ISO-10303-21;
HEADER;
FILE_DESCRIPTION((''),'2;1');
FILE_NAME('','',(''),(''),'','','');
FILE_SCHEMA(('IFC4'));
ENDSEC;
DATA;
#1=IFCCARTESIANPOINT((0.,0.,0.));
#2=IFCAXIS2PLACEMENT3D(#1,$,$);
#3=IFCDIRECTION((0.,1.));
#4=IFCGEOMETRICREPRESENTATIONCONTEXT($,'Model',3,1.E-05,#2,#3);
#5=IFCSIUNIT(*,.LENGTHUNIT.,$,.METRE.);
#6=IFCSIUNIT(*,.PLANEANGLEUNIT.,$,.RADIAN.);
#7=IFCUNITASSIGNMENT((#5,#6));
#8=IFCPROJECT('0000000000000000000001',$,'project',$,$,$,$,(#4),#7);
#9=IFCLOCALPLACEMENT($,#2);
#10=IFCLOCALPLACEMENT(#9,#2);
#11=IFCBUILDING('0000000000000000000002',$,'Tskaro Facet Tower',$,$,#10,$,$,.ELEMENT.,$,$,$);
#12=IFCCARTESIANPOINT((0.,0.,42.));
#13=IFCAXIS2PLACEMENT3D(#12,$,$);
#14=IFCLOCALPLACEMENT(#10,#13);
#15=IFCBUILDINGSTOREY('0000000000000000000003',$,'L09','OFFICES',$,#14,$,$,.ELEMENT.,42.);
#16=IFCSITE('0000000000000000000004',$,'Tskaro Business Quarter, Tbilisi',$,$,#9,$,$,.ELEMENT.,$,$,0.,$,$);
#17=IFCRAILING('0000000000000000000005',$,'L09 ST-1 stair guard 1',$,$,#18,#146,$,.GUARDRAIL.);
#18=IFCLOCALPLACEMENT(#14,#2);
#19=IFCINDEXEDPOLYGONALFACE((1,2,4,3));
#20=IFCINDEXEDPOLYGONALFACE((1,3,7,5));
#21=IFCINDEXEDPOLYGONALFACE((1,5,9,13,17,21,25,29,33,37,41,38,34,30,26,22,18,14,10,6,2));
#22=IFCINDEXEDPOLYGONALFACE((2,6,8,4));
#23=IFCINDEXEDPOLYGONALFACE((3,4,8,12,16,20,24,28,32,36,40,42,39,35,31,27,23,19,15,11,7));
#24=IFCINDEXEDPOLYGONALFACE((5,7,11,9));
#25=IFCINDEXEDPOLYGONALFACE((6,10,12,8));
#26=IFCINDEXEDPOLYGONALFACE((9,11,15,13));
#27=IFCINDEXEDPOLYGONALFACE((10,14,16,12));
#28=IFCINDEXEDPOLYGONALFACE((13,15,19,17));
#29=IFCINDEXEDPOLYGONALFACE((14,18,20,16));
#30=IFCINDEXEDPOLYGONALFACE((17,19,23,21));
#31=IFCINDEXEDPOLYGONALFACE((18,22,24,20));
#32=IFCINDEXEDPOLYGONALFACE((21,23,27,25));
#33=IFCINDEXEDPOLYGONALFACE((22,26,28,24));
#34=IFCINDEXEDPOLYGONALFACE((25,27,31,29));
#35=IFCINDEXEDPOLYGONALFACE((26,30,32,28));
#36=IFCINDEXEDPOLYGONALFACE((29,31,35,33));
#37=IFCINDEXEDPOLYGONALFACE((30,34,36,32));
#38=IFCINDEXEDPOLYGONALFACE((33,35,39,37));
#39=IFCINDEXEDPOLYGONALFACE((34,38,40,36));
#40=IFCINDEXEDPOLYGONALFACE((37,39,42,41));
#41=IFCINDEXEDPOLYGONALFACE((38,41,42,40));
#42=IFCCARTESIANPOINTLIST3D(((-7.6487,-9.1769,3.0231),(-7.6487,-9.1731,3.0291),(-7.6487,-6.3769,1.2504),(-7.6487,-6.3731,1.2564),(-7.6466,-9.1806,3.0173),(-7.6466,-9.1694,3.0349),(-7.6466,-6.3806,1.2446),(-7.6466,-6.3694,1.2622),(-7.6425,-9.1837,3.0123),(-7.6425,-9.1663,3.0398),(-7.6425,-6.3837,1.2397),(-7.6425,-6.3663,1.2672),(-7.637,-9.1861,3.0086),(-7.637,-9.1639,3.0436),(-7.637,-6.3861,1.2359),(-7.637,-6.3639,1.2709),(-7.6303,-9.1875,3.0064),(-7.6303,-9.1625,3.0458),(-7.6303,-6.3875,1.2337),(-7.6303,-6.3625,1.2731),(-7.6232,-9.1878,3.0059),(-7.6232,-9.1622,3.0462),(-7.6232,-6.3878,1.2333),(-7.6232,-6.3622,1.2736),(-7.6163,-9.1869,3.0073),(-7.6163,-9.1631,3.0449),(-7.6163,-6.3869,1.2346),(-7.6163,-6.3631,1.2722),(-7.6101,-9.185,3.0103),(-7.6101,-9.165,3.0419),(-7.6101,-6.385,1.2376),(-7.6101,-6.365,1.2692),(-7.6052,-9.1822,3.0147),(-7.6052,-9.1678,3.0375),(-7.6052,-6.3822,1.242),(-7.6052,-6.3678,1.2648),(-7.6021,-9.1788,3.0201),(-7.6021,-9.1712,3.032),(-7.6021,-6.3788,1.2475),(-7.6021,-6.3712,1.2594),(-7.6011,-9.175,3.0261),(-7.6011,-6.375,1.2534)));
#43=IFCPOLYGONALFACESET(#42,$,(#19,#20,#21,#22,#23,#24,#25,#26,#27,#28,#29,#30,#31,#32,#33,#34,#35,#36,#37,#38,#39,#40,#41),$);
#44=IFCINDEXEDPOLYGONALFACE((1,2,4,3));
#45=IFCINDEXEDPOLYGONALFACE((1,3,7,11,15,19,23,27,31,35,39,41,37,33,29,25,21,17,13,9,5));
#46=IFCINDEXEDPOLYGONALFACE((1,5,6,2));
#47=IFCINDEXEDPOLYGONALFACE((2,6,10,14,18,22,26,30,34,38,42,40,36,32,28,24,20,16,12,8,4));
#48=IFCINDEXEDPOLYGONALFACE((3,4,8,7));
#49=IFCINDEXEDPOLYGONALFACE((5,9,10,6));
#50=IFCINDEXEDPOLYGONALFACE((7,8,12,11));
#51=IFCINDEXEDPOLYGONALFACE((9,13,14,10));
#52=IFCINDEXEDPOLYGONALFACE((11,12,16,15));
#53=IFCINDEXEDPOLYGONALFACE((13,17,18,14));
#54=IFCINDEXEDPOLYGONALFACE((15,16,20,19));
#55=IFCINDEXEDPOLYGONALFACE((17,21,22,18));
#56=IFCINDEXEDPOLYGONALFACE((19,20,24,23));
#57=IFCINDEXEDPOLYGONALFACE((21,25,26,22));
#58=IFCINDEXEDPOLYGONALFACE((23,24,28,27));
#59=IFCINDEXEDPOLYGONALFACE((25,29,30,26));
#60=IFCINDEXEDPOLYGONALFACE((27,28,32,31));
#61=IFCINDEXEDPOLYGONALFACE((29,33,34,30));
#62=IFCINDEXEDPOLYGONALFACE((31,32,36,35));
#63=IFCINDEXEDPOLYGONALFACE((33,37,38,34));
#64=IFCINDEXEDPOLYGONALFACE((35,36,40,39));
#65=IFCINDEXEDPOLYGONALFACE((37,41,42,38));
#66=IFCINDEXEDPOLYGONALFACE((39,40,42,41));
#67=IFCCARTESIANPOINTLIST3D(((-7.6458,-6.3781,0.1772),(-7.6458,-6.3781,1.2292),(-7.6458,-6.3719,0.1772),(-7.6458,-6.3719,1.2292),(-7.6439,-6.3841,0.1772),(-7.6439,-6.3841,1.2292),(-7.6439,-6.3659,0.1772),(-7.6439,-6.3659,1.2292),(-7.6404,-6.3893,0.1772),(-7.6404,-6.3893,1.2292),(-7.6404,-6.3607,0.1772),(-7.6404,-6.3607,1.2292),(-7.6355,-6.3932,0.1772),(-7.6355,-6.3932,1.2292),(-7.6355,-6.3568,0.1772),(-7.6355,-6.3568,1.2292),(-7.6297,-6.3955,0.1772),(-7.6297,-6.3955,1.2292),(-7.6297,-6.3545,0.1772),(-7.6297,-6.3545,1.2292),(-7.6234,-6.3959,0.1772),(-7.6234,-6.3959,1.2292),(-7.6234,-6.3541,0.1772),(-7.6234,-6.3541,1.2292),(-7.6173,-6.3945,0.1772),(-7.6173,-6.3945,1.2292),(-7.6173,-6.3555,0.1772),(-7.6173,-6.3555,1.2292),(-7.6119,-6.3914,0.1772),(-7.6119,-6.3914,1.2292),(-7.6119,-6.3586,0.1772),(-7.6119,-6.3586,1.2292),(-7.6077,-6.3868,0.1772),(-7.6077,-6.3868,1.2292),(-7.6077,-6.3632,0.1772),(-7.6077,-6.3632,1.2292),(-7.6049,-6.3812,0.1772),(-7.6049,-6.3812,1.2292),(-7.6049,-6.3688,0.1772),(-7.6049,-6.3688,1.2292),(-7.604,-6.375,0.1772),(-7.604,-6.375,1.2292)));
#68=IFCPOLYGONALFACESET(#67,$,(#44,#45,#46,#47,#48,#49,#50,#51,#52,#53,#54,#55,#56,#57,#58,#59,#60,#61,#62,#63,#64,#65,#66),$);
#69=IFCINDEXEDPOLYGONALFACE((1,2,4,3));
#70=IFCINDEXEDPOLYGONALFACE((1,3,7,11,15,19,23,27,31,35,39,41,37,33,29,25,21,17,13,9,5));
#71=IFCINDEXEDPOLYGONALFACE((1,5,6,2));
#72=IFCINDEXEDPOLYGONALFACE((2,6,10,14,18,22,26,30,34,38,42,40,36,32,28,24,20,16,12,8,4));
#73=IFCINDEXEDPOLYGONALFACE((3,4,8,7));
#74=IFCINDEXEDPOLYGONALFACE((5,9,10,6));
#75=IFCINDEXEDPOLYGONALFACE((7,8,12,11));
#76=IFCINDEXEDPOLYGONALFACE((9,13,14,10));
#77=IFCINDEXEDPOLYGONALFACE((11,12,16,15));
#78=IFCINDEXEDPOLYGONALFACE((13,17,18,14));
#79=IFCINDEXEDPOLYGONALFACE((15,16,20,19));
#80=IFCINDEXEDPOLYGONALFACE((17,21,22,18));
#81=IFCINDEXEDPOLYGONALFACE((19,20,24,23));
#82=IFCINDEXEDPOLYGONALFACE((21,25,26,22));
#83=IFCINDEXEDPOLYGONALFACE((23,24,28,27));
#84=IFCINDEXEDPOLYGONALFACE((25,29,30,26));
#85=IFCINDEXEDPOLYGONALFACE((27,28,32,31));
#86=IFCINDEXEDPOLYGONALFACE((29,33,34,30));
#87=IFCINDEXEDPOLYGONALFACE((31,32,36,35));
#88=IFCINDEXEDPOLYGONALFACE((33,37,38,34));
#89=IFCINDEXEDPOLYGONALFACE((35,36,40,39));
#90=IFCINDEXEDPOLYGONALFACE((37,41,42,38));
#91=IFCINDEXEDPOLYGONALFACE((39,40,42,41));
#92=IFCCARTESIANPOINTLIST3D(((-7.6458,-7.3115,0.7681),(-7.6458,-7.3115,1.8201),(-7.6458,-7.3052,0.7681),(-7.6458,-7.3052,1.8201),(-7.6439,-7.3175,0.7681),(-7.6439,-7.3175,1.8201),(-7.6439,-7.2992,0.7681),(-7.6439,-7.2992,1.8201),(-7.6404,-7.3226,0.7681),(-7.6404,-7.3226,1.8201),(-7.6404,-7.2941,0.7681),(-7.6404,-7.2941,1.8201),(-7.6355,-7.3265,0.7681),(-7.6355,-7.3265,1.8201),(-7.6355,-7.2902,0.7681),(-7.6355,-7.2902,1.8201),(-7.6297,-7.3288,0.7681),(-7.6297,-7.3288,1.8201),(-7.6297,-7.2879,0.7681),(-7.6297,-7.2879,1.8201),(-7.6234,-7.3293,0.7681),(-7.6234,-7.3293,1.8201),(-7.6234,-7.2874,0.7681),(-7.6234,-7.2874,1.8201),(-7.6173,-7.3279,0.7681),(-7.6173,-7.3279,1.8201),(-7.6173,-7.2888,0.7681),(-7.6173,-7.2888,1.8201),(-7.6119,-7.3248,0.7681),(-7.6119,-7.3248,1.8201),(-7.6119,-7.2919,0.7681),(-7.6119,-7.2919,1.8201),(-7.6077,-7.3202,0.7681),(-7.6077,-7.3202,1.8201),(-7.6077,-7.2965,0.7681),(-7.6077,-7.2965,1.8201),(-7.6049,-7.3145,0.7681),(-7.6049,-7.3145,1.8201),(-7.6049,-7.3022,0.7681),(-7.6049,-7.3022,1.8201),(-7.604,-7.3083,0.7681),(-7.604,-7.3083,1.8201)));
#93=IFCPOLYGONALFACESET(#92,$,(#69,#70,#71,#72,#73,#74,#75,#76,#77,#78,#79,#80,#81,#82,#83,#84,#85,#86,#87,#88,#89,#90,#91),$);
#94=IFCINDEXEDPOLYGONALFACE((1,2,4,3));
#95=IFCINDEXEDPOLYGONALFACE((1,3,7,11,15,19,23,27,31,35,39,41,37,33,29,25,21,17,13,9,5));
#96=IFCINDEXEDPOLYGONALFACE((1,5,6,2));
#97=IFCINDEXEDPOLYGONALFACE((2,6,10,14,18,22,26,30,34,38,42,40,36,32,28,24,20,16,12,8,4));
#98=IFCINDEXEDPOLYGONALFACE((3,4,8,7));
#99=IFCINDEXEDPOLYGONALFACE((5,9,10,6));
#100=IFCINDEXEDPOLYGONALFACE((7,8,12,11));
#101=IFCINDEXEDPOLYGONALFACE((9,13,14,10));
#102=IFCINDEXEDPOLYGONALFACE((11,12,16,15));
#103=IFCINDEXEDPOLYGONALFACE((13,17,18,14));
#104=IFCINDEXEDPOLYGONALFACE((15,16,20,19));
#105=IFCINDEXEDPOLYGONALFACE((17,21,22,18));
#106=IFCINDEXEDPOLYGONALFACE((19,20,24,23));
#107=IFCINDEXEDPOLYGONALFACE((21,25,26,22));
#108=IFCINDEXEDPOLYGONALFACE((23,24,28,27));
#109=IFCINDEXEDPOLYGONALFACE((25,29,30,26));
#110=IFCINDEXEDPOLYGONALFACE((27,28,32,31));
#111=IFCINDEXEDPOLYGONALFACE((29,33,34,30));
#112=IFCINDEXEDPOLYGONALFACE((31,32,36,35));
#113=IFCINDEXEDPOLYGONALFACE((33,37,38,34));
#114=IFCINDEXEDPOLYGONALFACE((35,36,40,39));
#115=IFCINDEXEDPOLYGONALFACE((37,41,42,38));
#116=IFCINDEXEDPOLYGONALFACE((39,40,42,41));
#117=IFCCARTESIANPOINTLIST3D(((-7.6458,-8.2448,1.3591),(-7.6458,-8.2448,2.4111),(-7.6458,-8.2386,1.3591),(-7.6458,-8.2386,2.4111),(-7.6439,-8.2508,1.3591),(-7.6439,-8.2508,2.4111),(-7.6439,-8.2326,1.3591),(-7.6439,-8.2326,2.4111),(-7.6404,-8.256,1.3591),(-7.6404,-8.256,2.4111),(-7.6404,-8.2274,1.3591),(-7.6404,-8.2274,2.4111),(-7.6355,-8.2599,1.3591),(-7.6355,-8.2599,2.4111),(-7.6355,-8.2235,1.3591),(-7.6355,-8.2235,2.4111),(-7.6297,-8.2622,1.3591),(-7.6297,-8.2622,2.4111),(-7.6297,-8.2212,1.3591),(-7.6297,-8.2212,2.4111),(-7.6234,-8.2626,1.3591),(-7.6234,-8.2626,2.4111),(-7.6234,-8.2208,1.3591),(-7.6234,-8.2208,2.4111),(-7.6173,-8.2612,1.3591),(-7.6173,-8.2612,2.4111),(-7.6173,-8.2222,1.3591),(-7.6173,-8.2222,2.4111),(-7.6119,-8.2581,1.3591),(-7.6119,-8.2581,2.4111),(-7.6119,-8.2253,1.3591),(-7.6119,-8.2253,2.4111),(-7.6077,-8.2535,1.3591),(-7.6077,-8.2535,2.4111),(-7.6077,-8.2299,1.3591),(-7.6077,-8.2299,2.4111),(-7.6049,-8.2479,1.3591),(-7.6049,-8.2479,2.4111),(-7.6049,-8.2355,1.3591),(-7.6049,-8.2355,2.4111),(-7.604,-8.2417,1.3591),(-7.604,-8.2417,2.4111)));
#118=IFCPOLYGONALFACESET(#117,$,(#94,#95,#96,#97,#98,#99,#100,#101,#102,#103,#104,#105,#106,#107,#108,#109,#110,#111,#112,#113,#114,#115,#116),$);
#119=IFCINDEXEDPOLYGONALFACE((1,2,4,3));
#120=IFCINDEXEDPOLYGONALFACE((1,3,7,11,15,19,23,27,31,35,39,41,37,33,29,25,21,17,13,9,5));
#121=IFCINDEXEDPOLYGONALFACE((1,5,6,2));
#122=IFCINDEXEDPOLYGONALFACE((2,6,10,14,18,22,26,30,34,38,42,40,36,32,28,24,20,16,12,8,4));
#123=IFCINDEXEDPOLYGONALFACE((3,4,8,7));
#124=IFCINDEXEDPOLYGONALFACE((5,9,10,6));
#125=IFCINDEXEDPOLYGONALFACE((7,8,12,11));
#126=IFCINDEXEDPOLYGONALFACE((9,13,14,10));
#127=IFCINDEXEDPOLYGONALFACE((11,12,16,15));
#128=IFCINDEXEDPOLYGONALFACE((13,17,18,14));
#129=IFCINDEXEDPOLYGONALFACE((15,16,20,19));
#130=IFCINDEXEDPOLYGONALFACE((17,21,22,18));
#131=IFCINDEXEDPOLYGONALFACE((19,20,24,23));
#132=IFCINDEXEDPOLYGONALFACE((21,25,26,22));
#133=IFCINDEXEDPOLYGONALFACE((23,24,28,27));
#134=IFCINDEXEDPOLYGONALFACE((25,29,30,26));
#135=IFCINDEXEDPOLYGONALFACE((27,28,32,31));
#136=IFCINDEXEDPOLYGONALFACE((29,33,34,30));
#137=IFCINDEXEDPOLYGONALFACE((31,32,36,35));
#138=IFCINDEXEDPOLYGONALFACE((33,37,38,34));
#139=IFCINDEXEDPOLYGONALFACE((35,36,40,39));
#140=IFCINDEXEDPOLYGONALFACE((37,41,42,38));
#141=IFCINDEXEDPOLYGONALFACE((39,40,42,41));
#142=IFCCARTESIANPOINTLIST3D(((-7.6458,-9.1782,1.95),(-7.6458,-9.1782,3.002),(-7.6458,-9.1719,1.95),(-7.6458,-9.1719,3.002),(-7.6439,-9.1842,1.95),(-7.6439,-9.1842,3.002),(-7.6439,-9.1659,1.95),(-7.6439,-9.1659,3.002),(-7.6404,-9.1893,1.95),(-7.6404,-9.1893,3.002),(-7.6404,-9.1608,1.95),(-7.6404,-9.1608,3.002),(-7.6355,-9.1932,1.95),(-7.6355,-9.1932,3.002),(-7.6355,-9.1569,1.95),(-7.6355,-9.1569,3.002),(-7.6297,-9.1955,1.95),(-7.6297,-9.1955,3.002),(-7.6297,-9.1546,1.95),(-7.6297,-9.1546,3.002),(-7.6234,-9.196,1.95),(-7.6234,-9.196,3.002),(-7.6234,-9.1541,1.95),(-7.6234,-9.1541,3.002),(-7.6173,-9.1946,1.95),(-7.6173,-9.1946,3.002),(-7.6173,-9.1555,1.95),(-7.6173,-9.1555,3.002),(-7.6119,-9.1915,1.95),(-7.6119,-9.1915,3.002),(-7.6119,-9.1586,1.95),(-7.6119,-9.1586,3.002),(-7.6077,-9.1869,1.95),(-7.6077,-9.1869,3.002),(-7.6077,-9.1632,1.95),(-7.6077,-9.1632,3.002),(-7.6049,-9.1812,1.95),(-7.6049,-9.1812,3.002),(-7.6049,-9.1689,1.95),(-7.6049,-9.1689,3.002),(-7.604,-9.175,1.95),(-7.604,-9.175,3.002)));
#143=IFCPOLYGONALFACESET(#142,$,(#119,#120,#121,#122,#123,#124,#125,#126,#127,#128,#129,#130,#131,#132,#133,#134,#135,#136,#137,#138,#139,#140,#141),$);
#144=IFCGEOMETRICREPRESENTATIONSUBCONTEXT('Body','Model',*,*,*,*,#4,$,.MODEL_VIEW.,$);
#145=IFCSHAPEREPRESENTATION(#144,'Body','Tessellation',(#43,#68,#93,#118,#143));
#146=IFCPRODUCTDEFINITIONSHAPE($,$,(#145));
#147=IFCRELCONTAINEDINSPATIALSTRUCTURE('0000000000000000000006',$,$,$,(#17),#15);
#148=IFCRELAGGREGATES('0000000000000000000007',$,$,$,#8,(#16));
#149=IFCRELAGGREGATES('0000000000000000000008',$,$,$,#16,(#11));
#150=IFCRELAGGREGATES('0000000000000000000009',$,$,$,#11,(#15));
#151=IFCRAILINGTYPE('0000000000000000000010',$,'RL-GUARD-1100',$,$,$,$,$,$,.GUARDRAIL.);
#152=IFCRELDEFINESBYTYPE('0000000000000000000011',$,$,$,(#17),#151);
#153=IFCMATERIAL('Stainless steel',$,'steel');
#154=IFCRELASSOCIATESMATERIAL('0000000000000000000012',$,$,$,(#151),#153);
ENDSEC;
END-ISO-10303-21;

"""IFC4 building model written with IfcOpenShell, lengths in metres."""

from ifc_helpers import new_model, si_unit, direction, frame, origin, origin_2d, place, context, subcontext, project, spatial, circle, extrude, material, type_object, element, save


model = new_model("IFC4")

# Units and contexts
model_context = context("Model", 3, precision=1e-05, world=origin(), true_north=direction((0.0, 1.0)))
body_context = subcontext(model_context, "Body", "Model", "MODEL_VIEW")
ifc_project = project(units=[si_unit("LENGTHUNIT", "METRE"), si_unit("PLANEANGLEUNIT", "RADIAN")], contexts=[model_context])

# Site, building, storey
site_placement = place(None, origin())
site = spatial("IfcSite", under=ifc_project, at=site_placement, Name="Tskaro Business Quarter, Tbilisi", CompositionType="ELEMENT", RefElevation=0.0)
building_placement = place(site_placement, origin())
building = spatial("IfcBuilding", under=site, at=building_placement, Name="Tskaro Facet Tower", CompositionType="ELEMENT")
storey_placement = place(building_placement, frame((0.0, 0.0, 42.0)))
storey = spatial("IfcBuildingStorey", under=building, at=storey_placement, Name="L09", Description="OFFICES", CompositionType="ELEMENT", Elevation=42.0)

# Shared definitions
ifc_material_1 = material(Name="Stainless steel", Category="steel")

# Railing
railing_type_1 = type_object("IfcRailingType", Name="RL-GUARD-1100", PredefinedType="GUARDRAIL", material=ifc_material_1)
railing_1_placement = place(storey_placement, frame((-7.625, -6.375, 0.1772)))
element("IfcRailing", 1, at=railing_1_placement, inside=storey, type_object=railing_type_1, Name="L09 ST-1 stair guard 1", PredefinedType="GUARDRAIL", context=body_context, shape_type="SweptSolid", body=[
    extrude(circle(Radius=0.0239, at=origin_2d()), frame((0.0, 0.0, 1.0762), z_axis=(0.0, -0.844909, 0.53491), x_axis=(1.0, 0.0, 0.0)), (0.0, 0.0, 1.0), 3.314),
    extrude(circle(Radius=0.021, at=origin_2d()), origin(), (0.0, 0.0, 1.0), 1.052),
    extrude(circle(Radius=0.021, at=origin_2d()), frame((0.0, -0.9333, 0.5908)), (0.0, 0.0, 1.0), 1.052),
    extrude(circle(Radius=0.021, at=origin_2d()), frame((0.0, -1.8667, 1.1819)), (0.0, 0.0, 1.0), 1.052),
    extrude(circle(Radius=0.021, at=origin_2d()), frame((0.0, -2.8, 1.7727)), (0.0, 0.0, 1.0), 1.052),
])

save(model, "model.ifc")
